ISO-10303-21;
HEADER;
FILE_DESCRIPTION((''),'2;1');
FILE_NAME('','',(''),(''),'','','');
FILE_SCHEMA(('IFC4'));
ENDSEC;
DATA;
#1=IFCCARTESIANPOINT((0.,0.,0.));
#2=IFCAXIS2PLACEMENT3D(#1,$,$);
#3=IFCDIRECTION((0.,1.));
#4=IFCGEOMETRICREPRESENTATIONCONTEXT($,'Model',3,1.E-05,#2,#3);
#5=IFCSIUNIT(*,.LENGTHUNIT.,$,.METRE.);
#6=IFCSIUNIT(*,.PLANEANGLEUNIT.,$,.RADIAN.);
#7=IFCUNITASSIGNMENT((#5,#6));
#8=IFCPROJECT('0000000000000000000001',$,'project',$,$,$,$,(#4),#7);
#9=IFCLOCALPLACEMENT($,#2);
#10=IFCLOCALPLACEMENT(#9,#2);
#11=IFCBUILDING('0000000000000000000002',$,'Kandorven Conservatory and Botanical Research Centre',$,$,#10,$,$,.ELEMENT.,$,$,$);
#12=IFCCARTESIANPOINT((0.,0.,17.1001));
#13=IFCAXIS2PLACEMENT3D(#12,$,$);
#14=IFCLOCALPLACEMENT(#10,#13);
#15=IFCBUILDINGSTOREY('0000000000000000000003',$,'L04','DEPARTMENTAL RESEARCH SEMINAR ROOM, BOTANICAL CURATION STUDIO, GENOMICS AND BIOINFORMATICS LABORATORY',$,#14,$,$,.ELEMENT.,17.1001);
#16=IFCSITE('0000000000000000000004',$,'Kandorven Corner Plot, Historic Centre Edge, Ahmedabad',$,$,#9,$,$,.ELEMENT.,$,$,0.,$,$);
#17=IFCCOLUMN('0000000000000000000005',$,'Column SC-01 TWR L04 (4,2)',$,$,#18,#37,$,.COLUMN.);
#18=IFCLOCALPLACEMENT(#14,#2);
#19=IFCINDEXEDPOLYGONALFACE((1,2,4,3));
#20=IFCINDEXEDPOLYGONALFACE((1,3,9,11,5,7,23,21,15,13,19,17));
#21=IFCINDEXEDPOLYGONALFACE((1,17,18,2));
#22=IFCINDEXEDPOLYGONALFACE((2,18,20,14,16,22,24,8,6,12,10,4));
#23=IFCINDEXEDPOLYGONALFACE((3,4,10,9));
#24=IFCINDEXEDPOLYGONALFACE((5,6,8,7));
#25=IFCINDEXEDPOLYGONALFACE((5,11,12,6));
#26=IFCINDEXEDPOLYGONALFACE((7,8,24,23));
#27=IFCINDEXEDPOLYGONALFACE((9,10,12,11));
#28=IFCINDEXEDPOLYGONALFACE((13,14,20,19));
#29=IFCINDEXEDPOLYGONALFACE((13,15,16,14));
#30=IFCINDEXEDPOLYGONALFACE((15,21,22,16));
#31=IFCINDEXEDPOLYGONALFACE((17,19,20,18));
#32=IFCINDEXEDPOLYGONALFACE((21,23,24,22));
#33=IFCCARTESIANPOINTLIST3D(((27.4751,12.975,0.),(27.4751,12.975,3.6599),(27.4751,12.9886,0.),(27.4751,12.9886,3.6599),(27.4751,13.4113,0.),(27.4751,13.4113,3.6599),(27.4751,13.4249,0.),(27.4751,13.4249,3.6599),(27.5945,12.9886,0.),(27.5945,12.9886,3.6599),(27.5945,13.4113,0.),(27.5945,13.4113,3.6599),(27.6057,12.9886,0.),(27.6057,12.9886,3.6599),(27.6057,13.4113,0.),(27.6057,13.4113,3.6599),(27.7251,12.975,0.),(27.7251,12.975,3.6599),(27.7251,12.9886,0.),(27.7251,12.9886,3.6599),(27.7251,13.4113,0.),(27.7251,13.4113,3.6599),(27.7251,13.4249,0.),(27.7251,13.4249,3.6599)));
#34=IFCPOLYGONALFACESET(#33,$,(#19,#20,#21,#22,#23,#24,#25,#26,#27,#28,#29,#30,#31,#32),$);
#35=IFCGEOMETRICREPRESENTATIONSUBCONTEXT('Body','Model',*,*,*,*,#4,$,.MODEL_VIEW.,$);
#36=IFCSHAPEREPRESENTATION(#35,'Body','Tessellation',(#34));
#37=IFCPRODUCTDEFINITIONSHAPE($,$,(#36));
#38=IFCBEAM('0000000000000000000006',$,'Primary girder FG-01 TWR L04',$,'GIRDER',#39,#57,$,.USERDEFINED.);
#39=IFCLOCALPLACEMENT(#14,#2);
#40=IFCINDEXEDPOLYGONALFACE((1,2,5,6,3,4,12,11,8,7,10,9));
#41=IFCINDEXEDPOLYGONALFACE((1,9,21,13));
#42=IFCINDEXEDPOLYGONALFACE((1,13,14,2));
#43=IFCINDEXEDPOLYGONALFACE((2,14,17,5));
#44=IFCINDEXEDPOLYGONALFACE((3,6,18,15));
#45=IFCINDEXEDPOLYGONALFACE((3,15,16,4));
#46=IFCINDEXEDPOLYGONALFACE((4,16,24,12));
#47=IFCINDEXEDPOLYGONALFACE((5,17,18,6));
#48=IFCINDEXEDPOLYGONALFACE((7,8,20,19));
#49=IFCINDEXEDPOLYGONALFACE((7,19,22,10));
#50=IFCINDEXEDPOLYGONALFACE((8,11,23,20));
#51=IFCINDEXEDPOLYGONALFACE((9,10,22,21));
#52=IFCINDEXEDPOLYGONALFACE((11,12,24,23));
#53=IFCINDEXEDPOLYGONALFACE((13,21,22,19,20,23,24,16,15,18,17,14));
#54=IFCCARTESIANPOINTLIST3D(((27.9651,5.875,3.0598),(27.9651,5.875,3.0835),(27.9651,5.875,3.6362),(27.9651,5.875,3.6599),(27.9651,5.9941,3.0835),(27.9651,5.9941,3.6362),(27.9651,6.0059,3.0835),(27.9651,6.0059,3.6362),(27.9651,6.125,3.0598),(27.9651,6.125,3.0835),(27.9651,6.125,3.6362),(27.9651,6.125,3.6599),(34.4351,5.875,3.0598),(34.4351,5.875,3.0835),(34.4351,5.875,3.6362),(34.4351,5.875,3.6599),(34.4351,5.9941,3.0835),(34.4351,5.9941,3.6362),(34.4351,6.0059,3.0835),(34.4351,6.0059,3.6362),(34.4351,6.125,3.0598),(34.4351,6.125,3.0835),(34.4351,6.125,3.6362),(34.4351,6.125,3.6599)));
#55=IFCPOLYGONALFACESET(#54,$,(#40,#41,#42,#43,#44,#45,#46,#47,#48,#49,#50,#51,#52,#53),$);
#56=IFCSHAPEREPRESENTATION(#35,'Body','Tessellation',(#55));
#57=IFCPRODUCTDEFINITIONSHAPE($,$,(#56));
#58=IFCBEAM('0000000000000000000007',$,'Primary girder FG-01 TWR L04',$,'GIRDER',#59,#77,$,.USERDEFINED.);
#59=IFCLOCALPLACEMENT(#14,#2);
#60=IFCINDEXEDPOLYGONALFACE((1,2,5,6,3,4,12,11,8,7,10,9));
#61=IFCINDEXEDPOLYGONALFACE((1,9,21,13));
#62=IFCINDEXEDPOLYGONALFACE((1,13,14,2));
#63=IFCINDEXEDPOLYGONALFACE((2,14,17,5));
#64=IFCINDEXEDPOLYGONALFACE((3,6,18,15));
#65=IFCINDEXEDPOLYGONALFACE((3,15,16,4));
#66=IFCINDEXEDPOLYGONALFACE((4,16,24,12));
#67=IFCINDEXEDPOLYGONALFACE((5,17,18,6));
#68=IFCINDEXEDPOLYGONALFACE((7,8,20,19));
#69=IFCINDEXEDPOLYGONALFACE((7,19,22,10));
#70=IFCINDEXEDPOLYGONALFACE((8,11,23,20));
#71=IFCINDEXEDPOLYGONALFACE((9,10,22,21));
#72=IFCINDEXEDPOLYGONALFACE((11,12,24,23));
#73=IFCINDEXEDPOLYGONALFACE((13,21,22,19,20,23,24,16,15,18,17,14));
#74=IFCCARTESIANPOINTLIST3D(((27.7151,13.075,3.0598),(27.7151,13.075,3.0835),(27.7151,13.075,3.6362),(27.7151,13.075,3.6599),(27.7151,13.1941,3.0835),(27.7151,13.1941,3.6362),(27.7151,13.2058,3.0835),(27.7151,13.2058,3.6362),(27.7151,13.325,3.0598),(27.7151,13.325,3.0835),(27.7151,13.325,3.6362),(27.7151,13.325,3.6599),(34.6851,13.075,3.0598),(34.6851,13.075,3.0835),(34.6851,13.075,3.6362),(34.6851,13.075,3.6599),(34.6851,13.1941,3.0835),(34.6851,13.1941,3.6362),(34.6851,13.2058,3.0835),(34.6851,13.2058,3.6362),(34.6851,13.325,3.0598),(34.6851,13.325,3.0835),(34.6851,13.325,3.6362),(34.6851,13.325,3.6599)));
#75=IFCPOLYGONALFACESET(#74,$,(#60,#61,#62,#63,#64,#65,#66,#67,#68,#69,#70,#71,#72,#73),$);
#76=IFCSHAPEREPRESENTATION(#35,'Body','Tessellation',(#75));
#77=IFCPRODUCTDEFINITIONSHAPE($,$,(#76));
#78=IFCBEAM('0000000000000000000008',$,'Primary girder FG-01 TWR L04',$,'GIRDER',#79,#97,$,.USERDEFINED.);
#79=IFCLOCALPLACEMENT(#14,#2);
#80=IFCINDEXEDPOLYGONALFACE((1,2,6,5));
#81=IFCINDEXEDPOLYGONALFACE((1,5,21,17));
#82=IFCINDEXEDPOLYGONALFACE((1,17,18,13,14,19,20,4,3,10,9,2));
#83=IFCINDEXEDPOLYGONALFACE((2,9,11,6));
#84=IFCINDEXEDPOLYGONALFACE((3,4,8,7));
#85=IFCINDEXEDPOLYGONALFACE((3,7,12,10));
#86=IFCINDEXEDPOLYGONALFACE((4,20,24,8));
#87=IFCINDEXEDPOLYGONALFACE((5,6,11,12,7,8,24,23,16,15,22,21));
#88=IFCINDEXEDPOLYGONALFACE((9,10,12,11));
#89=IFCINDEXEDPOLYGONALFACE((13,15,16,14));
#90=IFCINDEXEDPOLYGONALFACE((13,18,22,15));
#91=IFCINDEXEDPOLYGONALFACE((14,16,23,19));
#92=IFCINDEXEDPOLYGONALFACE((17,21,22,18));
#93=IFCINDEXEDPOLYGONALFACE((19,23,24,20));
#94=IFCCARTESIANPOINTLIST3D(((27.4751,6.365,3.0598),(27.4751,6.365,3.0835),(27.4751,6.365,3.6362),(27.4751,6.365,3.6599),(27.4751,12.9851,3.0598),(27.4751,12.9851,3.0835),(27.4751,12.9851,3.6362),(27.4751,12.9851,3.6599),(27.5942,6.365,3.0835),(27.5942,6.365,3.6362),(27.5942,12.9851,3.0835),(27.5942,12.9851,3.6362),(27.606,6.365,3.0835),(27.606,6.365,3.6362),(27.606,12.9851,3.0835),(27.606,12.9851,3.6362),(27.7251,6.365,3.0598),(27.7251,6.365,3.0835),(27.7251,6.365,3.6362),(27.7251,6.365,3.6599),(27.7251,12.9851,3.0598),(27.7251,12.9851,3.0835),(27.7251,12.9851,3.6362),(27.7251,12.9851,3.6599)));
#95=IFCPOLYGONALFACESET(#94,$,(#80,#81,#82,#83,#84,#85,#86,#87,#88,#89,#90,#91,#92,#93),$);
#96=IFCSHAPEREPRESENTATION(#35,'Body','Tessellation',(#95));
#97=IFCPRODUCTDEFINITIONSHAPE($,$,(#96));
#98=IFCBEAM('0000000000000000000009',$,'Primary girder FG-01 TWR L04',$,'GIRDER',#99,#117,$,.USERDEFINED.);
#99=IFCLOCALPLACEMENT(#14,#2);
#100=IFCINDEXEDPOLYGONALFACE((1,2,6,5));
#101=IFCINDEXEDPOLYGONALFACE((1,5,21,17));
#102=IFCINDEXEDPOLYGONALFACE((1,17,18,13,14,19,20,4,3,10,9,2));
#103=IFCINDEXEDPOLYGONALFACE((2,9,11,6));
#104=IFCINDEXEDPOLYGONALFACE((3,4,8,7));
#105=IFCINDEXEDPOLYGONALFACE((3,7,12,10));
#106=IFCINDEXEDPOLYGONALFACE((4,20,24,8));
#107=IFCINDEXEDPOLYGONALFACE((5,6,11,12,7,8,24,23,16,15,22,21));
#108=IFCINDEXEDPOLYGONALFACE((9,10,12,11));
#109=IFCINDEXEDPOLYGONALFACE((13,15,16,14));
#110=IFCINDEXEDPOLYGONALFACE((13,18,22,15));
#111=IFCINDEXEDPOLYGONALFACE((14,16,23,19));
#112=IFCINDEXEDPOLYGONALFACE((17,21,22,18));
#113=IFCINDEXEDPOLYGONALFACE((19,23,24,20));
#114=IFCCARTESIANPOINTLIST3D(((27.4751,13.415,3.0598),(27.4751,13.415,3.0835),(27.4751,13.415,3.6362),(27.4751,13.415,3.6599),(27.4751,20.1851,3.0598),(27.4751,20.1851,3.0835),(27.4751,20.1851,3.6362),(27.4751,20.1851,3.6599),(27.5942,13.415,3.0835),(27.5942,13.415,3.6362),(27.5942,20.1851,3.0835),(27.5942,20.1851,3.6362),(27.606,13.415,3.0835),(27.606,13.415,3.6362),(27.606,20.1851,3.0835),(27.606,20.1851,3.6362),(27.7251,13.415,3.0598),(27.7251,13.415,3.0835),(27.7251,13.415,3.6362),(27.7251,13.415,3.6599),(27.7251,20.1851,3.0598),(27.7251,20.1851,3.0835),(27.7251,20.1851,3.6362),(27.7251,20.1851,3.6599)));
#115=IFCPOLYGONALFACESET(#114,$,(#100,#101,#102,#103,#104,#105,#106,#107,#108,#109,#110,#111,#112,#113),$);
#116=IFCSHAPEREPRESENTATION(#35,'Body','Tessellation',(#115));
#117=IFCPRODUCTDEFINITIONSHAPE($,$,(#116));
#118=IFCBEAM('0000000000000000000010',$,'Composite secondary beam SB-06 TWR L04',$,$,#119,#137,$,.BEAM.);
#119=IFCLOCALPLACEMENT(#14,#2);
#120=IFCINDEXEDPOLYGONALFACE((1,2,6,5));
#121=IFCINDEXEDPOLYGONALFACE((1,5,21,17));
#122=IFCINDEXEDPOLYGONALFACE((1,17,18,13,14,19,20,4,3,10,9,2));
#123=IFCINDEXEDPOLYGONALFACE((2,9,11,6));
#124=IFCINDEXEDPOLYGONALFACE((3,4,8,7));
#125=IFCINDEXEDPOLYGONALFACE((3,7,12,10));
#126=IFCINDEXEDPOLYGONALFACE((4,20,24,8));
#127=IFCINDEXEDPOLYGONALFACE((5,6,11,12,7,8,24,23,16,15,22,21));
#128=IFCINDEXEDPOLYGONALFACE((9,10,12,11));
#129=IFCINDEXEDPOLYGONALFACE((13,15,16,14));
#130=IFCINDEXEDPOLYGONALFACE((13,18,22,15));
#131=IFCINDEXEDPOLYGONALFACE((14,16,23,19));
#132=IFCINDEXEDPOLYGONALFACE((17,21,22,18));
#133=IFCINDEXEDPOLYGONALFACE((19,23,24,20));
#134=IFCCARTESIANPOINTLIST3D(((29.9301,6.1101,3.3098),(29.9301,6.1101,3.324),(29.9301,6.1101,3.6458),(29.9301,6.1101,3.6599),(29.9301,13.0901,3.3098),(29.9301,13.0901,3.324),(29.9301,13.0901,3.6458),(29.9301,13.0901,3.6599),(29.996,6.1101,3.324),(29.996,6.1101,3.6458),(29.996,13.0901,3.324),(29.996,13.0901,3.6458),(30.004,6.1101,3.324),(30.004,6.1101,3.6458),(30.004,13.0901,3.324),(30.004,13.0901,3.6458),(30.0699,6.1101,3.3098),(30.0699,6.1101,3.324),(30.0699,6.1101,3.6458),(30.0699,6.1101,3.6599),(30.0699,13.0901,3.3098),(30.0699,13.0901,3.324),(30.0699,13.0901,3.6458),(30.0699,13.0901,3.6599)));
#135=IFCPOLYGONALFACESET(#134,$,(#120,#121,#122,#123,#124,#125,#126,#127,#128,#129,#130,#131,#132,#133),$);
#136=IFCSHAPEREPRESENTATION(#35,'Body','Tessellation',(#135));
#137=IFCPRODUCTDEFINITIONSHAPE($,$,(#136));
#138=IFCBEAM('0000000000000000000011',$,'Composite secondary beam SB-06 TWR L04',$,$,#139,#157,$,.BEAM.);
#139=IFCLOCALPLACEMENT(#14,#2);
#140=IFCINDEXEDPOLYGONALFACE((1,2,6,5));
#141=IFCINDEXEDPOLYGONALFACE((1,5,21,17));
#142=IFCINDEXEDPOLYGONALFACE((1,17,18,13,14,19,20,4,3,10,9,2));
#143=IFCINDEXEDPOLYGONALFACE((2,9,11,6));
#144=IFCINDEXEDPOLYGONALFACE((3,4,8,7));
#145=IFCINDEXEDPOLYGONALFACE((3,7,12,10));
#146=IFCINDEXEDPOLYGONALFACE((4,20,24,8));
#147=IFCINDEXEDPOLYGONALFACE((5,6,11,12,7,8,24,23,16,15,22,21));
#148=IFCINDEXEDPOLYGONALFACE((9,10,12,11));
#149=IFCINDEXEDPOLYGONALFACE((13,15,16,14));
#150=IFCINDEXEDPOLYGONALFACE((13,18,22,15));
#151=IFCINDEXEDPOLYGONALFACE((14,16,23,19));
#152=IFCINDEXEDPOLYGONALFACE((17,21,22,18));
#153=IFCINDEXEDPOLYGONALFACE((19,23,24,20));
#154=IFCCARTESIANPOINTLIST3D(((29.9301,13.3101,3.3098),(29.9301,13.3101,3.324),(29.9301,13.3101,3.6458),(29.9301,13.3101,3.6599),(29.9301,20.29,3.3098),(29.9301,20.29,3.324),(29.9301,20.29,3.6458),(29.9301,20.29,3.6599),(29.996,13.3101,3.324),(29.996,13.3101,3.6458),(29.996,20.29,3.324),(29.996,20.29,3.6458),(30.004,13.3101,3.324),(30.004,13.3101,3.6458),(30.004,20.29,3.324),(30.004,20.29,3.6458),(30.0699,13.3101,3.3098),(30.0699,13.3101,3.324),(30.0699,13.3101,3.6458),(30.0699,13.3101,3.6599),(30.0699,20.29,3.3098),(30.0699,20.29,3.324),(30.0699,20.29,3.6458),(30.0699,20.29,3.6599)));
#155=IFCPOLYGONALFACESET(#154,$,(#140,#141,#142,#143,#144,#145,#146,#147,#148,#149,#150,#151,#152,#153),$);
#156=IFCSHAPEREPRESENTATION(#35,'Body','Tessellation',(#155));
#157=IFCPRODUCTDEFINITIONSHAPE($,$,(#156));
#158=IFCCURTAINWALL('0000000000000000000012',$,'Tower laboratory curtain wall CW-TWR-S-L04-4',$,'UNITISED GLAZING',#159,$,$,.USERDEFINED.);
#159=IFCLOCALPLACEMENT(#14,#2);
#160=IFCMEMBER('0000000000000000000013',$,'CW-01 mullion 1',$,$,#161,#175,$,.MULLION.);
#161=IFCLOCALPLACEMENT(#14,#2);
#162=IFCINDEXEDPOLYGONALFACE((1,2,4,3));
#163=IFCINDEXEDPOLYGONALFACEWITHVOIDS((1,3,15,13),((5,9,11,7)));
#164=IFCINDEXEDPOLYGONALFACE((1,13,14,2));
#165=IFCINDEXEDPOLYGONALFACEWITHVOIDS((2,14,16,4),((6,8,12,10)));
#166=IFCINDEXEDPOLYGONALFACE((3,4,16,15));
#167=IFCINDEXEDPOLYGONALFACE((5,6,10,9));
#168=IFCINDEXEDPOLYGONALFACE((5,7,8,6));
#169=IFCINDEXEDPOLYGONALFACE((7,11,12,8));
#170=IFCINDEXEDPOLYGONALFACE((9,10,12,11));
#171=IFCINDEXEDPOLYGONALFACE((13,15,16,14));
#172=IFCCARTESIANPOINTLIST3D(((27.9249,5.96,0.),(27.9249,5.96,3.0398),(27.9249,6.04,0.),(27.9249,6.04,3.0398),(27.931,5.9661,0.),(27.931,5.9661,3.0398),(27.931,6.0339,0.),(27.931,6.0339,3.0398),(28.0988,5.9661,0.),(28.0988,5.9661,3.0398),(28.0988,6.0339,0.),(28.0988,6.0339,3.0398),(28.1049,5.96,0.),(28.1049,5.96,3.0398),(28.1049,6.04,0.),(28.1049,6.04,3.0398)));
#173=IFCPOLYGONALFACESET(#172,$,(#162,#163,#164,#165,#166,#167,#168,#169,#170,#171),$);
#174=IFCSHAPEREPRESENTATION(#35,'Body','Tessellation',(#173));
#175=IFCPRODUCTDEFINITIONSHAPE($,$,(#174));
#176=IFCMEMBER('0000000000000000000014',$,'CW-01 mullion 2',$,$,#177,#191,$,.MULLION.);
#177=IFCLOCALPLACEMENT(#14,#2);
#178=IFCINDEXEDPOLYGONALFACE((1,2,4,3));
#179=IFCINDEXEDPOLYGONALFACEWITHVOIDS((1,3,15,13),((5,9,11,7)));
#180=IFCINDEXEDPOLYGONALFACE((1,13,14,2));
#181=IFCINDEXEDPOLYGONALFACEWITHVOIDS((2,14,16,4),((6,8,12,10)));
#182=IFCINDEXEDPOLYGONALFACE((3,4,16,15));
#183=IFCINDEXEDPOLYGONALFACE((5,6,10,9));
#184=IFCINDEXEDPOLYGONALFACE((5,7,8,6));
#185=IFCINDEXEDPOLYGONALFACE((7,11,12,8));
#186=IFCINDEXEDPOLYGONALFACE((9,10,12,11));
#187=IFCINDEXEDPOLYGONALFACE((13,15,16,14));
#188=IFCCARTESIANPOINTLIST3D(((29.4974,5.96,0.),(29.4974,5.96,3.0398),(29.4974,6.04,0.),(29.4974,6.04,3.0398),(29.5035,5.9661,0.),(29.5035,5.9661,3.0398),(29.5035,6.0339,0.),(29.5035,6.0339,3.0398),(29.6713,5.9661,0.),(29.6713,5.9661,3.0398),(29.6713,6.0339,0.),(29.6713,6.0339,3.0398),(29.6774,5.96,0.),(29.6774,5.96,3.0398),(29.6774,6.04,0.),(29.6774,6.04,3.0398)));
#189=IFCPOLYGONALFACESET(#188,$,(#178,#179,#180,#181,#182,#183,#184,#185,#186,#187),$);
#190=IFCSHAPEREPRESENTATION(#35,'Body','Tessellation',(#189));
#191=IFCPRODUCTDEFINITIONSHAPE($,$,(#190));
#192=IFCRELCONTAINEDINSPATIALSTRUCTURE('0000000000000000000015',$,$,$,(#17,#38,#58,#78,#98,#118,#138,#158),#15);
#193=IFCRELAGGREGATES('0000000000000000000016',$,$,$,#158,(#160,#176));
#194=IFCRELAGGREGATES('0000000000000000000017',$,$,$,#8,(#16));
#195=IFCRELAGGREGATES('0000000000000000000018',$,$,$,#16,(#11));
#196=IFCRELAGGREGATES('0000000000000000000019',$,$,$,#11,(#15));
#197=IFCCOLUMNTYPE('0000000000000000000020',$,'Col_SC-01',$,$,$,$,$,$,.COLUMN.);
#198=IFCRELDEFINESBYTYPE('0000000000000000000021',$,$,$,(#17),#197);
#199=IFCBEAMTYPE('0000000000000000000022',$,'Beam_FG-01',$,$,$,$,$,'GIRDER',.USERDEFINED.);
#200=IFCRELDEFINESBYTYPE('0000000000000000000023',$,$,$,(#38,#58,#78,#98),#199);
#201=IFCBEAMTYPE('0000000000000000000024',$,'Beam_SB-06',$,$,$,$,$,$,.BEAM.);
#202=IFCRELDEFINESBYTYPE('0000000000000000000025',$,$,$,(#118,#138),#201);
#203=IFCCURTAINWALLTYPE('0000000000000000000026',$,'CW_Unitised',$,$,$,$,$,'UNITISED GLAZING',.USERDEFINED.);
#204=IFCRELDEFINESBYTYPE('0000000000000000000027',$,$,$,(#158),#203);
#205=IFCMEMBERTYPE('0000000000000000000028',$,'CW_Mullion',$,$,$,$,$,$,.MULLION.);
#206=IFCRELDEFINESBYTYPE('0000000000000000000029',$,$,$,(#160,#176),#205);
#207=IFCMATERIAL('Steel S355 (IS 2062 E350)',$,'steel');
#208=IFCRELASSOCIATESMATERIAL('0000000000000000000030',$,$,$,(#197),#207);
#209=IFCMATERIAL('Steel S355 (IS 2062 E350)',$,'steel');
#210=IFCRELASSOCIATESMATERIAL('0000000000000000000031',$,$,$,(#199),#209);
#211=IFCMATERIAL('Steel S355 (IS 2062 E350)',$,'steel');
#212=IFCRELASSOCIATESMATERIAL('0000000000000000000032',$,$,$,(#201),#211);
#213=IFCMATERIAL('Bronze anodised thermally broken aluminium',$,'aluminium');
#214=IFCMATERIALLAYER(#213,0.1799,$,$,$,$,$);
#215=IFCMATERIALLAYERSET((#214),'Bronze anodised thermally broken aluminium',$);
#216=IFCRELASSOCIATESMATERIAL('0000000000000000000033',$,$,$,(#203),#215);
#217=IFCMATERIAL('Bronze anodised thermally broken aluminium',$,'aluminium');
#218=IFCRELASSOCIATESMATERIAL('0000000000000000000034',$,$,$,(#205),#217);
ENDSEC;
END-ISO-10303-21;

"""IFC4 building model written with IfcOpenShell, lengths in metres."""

from ifc_helpers import new_model, si_unit, direction, frame, origin, origin_2d, place, context, subcontext, project, spatial, hollow_rectangle, i_section, extrude, material, layer, layer_set, material_profile, profile_set, type_object, element, aggregate, save


model = new_model("IFC4")

# Units and contexts
model_context = context("Model", 3, precision=1e-05, world=origin(), true_north=direction((0.0, 1.0)))
body_context = subcontext(model_context, "Body", "Model", "MODEL_VIEW")
ifc_project = project(units=[si_unit("LENGTHUNIT", "METRE"), si_unit("PLANEANGLEUNIT", "RADIAN")], contexts=[model_context])

# Site, building, storey
site_placement = place(None, origin())
site = spatial("IfcSite", under=ifc_project, at=site_placement, Name="Kandorven Corner Plot, Historic Centre Edge, Ahmedabad", CompositionType="ELEMENT", RefElevation=0.0)
building_placement = place(site_placement, origin())
building = spatial("IfcBuilding", under=site, at=building_placement, Name="Kandorven Conservatory and Botanical Research Centre", CompositionType="ELEMENT")
storey_placement = place(building_placement, frame((0.0, 0.0, 17.1001)))
storey = spatial("IfcBuildingStorey", under=building, at=storey_placement, Name="L04", Description="DEPARTMENTAL RESEARCH SEMINAR ROOM, BOTANICAL CURATION STUDIO, GENOMICS AND BIOINFORMATICS LABORATORY", CompositionType="ELEMENT", Elevation=17.1001)

# Column
ifc_material_1 = material(Name="Steel S355 (IS 2062 E350)", Category="steel")
ifc_material_profile_1 = material_profile(ifc_material_1, i_section(OverallWidth=0.25, OverallDepth=0.45, WebThickness=0.0112, FlangeThickness=0.0137, at=origin_2d()))
ifc_profile_set_1 = profile_set([ifc_material_profile_1], Name="Steel S355 (IS 2062 E350)")
column_type = type_object("IfcColumnType", Name="Col_SC-01", PredefinedType="COLUMN", material=ifc_profile_set_1)
column_placement = place(storey_placement, frame((27.6001, 13.2, 0.0), z_axis=(0.0, 0.0, 1.0), x_axis=(1.0, 0.0, 0.0)))
element("IfcColumn", 1, at=column_placement, inside=storey, type_object=column_type, Name="Column SC-01 TWR L04 (4,2)", PredefinedType="COLUMN", context=body_context, shape_type="SweptSolid", body=[
    extrude(i_section(OverallWidth=0.25, OverallDepth=0.45, WebThickness=0.0112, FlangeThickness=0.0137, at=origin_2d()), origin(), (0.0, 0.0, 1.0), 3.6599),
])

# Beams
ifc_material_2 = material(Name="Steel S355 (IS 2062 E350)", Category="steel")
ifc_material_profile_2 = material_profile(ifc_material_2, i_section(OverallWidth=0.25, OverallDepth=0.6001, WebThickness=0.0117, FlangeThickness=0.0237, at=origin_2d()))
ifc_profile_set_2 = profile_set([ifc_material_profile_2], Name="Steel S355 (IS 2062 E350)")
beam_type_1 = type_object("IfcBeamType", Name="Beam_FG-01", ElementType="GIRDER", PredefinedType="USERDEFINED", material=ifc_profile_set_2)
beam_1_placement = place(storey_placement, frame((27.9651, 6.0, 3.3599), z_axis=(1.0, 0.0, 0.0), x_axis=(0.0, 1.0, 0.0)))
element("IfcBeam", 2, at=beam_1_placement, inside=storey, type_object=beam_type_1, Name="Primary girder FG-01 TWR L04", ObjectType="GIRDER", PredefinedType="USERDEFINED", context=body_context, shape_type="SweptSolid", body=[
    extrude(i_section(OverallWidth=0.25, OverallDepth=0.6001, WebThickness=0.0117, FlangeThickness=0.0237, at=origin_2d()), origin(), (0.0, 0.0, 1.0), 6.47),
])
beam_2_placement = place(storey_placement, frame((27.7151, 13.2, 3.3599), z_axis=(1.0, 0.0, 0.0), x_axis=(0.0, 1.0, 0.0)))
element("IfcBeam", 3, at=beam_2_placement, inside=storey, type_object=beam_type_1, Name="Primary girder FG-01 TWR L04", ObjectType="GIRDER", PredefinedType="USERDEFINED", context=body_context, shape_type="SweptSolid", body=[
    extrude(i_section(OverallWidth=0.25, OverallDepth=0.6001, WebThickness=0.0117, FlangeThickness=0.0237, at=origin_2d()), origin(), (0.0, 0.0, 1.0), 6.97),
])
beam_3_placement = place(storey_placement, frame((27.6001, 6.365, 3.3599), z_axis=(0.0, 1.0, 0.0), x_axis=(-1.0, 0.0, 0.0)))
element("IfcBeam", 4, at=beam_3_placement, inside=storey, type_object=beam_type_1, Name="Primary girder FG-01 TWR L04", ObjectType="GIRDER", PredefinedType="USERDEFINED", context=body_context, shape_type="SweptSolid", body=[
    extrude(i_section(OverallWidth=0.25, OverallDepth=0.6001, WebThickness=0.0117, FlangeThickness=0.0237, at=origin_2d()), origin(), (0.0, 0.0, 1.0), 6.6201),
])
beam_4_placement = place(storey_placement, frame((27.6001, 13.415, 3.3599), z_axis=(0.0, 1.0, 0.0), x_axis=(-1.0, 0.0, 0.0)))
element("IfcBeam", 5, at=beam_4_placement, inside=storey, type_object=beam_type_1, Name="Primary girder FG-01 TWR L04", ObjectType="GIRDER", PredefinedType="USERDEFINED", context=body_context, shape_type="SweptSolid", body=[
    extrude(i_section(OverallWidth=0.25, OverallDepth=0.6001, WebThickness=0.0117, FlangeThickness=0.0237, at=origin_2d()), origin(), (0.0, 0.0, 1.0), 6.77),
])
ifc_material_3 = material(Name="Steel S355 (IS 2062 E350)", Category="steel")
ifc_material_profile_3 = material_profile(ifc_material_3, i_section(OverallWidth=0.1399, OverallDepth=0.3501, WebThickness=0.0081, FlangeThickness=0.0142, at=origin_2d()))
ifc_profile_set_3 = profile_set([ifc_material_profile_3], Name="Steel S355 (IS 2062 E350)")
beam_type_2 = type_object("IfcBeamType", Name="Beam_SB-06", PredefinedType="BEAM", material=ifc_profile_set_3)
for number, where, z_axis, x_axis, name in (
    (6, (30.0, 6.1101, 3.4849), (0.0, 1.0, 0.0), (-1.0, 0.0, 0.0), "Composite secondary beam SB-06 TWR L04"),
    (7, (30.0, 13.3101, 3.4849), (0.0, 1.0, 0.0), (-1.0, 0.0, 0.0), "Composite secondary beam SB-06 TWR L04"),
):
    element("IfcBeam", number, at=place(storey_placement, frame(where, z_axis=z_axis, x_axis=x_axis)), inside=storey, type_object=beam_type_2, Name=name, PredefinedType="BEAM", context=body_context, shape_type="SweptSolid", body=[
        extrude(i_section(OverallWidth=0.1399, OverallDepth=0.3501, WebThickness=0.0081, FlangeThickness=0.0142, at=origin_2d()), origin(), (0.0, 0.0, 1.0), 6.98),
    ])

# Curtain wall, members
ifc_material_4 = material(Name="Bronze anodised thermally broken aluminium", Category="aluminium")
ifc_layer_1 = layer(ifc_material_4, 0.1799)
ifc_layer_set_1 = layer_set([ifc_layer_1], Name="Bronze anodised thermally broken aluminium")
curtain_wall_type = type_object("IfcCurtainWallType", Name="CW_Unitised", ElementType="UNITISED GLAZING", PredefinedType="USERDEFINED", material=ifc_layer_set_1)
curtain_wall_placement = place(storey_placement, origin())
curtain_wall = element("IfcCurtainWall", 8, at=curtain_wall_placement, inside=storey, type_object=curtain_wall_type, Name="Tower laboratory curtain wall CW-TWR-S-L04-4", ObjectType="UNITISED GLAZING", PredefinedType="USERDEFINED")
ifc_material_5 = material(Name="Bronze anodised thermally broken aluminium", Category="aluminium")
ifc_material_profile_4 = material_profile(ifc_material_5, hollow_rectangle(XDim=0.0801, YDim=0.1799, WallThickness=0.0061, at=origin_2d()))
ifc_profile_set_4 = profile_set([ifc_material_profile_4], Name="Bronze anodised thermally broken aluminium")
member_type_1 = type_object("IfcMemberType", Name="CW_Mullion", PredefinedType="MULLION", material=ifc_profile_set_4)
member_1_placement = place(storey_placement, frame((28.0149, 6.0, 0.0), z_axis=(0.0, 0.0, 1.0), x_axis=(0.0, 1.0, 0.0)))
member_1 = element("IfcMember", 9, at=member_1_placement, type_object=member_type_1, Name="CW-01 mullion 1", PredefinedType="MULLION", context=body_context, shape_type="SweptSolid", body=[
    extrude(hollow_rectangle(XDim=0.0801, YDim=0.1799, WallThickness=0.0061, at=origin_2d()), origin(), (0.0, 0.0, 1.0), 3.0398),
])
member_2_placement = place(storey_placement, frame((29.5874, 6.0, 0.0), z_axis=(0.0, 0.0, 1.0), x_axis=(0.0, 1.0, 0.0)))
member_2 = element("IfcMember", 10, at=member_2_placement, type_object=member_type_1, Name="CW-01 mullion 2", PredefinedType="MULLION", context=body_context, shape_type="SweptSolid", body=[
    extrude(hollow_rectangle(XDim=0.0801, YDim=0.1799, WallThickness=0.0061, at=origin_2d()), origin(), (0.0, 0.0, 1.0), 3.0398),
])

aggregate(curtain_wall, [member_1, member_2])

save(model, "model.ifc")
